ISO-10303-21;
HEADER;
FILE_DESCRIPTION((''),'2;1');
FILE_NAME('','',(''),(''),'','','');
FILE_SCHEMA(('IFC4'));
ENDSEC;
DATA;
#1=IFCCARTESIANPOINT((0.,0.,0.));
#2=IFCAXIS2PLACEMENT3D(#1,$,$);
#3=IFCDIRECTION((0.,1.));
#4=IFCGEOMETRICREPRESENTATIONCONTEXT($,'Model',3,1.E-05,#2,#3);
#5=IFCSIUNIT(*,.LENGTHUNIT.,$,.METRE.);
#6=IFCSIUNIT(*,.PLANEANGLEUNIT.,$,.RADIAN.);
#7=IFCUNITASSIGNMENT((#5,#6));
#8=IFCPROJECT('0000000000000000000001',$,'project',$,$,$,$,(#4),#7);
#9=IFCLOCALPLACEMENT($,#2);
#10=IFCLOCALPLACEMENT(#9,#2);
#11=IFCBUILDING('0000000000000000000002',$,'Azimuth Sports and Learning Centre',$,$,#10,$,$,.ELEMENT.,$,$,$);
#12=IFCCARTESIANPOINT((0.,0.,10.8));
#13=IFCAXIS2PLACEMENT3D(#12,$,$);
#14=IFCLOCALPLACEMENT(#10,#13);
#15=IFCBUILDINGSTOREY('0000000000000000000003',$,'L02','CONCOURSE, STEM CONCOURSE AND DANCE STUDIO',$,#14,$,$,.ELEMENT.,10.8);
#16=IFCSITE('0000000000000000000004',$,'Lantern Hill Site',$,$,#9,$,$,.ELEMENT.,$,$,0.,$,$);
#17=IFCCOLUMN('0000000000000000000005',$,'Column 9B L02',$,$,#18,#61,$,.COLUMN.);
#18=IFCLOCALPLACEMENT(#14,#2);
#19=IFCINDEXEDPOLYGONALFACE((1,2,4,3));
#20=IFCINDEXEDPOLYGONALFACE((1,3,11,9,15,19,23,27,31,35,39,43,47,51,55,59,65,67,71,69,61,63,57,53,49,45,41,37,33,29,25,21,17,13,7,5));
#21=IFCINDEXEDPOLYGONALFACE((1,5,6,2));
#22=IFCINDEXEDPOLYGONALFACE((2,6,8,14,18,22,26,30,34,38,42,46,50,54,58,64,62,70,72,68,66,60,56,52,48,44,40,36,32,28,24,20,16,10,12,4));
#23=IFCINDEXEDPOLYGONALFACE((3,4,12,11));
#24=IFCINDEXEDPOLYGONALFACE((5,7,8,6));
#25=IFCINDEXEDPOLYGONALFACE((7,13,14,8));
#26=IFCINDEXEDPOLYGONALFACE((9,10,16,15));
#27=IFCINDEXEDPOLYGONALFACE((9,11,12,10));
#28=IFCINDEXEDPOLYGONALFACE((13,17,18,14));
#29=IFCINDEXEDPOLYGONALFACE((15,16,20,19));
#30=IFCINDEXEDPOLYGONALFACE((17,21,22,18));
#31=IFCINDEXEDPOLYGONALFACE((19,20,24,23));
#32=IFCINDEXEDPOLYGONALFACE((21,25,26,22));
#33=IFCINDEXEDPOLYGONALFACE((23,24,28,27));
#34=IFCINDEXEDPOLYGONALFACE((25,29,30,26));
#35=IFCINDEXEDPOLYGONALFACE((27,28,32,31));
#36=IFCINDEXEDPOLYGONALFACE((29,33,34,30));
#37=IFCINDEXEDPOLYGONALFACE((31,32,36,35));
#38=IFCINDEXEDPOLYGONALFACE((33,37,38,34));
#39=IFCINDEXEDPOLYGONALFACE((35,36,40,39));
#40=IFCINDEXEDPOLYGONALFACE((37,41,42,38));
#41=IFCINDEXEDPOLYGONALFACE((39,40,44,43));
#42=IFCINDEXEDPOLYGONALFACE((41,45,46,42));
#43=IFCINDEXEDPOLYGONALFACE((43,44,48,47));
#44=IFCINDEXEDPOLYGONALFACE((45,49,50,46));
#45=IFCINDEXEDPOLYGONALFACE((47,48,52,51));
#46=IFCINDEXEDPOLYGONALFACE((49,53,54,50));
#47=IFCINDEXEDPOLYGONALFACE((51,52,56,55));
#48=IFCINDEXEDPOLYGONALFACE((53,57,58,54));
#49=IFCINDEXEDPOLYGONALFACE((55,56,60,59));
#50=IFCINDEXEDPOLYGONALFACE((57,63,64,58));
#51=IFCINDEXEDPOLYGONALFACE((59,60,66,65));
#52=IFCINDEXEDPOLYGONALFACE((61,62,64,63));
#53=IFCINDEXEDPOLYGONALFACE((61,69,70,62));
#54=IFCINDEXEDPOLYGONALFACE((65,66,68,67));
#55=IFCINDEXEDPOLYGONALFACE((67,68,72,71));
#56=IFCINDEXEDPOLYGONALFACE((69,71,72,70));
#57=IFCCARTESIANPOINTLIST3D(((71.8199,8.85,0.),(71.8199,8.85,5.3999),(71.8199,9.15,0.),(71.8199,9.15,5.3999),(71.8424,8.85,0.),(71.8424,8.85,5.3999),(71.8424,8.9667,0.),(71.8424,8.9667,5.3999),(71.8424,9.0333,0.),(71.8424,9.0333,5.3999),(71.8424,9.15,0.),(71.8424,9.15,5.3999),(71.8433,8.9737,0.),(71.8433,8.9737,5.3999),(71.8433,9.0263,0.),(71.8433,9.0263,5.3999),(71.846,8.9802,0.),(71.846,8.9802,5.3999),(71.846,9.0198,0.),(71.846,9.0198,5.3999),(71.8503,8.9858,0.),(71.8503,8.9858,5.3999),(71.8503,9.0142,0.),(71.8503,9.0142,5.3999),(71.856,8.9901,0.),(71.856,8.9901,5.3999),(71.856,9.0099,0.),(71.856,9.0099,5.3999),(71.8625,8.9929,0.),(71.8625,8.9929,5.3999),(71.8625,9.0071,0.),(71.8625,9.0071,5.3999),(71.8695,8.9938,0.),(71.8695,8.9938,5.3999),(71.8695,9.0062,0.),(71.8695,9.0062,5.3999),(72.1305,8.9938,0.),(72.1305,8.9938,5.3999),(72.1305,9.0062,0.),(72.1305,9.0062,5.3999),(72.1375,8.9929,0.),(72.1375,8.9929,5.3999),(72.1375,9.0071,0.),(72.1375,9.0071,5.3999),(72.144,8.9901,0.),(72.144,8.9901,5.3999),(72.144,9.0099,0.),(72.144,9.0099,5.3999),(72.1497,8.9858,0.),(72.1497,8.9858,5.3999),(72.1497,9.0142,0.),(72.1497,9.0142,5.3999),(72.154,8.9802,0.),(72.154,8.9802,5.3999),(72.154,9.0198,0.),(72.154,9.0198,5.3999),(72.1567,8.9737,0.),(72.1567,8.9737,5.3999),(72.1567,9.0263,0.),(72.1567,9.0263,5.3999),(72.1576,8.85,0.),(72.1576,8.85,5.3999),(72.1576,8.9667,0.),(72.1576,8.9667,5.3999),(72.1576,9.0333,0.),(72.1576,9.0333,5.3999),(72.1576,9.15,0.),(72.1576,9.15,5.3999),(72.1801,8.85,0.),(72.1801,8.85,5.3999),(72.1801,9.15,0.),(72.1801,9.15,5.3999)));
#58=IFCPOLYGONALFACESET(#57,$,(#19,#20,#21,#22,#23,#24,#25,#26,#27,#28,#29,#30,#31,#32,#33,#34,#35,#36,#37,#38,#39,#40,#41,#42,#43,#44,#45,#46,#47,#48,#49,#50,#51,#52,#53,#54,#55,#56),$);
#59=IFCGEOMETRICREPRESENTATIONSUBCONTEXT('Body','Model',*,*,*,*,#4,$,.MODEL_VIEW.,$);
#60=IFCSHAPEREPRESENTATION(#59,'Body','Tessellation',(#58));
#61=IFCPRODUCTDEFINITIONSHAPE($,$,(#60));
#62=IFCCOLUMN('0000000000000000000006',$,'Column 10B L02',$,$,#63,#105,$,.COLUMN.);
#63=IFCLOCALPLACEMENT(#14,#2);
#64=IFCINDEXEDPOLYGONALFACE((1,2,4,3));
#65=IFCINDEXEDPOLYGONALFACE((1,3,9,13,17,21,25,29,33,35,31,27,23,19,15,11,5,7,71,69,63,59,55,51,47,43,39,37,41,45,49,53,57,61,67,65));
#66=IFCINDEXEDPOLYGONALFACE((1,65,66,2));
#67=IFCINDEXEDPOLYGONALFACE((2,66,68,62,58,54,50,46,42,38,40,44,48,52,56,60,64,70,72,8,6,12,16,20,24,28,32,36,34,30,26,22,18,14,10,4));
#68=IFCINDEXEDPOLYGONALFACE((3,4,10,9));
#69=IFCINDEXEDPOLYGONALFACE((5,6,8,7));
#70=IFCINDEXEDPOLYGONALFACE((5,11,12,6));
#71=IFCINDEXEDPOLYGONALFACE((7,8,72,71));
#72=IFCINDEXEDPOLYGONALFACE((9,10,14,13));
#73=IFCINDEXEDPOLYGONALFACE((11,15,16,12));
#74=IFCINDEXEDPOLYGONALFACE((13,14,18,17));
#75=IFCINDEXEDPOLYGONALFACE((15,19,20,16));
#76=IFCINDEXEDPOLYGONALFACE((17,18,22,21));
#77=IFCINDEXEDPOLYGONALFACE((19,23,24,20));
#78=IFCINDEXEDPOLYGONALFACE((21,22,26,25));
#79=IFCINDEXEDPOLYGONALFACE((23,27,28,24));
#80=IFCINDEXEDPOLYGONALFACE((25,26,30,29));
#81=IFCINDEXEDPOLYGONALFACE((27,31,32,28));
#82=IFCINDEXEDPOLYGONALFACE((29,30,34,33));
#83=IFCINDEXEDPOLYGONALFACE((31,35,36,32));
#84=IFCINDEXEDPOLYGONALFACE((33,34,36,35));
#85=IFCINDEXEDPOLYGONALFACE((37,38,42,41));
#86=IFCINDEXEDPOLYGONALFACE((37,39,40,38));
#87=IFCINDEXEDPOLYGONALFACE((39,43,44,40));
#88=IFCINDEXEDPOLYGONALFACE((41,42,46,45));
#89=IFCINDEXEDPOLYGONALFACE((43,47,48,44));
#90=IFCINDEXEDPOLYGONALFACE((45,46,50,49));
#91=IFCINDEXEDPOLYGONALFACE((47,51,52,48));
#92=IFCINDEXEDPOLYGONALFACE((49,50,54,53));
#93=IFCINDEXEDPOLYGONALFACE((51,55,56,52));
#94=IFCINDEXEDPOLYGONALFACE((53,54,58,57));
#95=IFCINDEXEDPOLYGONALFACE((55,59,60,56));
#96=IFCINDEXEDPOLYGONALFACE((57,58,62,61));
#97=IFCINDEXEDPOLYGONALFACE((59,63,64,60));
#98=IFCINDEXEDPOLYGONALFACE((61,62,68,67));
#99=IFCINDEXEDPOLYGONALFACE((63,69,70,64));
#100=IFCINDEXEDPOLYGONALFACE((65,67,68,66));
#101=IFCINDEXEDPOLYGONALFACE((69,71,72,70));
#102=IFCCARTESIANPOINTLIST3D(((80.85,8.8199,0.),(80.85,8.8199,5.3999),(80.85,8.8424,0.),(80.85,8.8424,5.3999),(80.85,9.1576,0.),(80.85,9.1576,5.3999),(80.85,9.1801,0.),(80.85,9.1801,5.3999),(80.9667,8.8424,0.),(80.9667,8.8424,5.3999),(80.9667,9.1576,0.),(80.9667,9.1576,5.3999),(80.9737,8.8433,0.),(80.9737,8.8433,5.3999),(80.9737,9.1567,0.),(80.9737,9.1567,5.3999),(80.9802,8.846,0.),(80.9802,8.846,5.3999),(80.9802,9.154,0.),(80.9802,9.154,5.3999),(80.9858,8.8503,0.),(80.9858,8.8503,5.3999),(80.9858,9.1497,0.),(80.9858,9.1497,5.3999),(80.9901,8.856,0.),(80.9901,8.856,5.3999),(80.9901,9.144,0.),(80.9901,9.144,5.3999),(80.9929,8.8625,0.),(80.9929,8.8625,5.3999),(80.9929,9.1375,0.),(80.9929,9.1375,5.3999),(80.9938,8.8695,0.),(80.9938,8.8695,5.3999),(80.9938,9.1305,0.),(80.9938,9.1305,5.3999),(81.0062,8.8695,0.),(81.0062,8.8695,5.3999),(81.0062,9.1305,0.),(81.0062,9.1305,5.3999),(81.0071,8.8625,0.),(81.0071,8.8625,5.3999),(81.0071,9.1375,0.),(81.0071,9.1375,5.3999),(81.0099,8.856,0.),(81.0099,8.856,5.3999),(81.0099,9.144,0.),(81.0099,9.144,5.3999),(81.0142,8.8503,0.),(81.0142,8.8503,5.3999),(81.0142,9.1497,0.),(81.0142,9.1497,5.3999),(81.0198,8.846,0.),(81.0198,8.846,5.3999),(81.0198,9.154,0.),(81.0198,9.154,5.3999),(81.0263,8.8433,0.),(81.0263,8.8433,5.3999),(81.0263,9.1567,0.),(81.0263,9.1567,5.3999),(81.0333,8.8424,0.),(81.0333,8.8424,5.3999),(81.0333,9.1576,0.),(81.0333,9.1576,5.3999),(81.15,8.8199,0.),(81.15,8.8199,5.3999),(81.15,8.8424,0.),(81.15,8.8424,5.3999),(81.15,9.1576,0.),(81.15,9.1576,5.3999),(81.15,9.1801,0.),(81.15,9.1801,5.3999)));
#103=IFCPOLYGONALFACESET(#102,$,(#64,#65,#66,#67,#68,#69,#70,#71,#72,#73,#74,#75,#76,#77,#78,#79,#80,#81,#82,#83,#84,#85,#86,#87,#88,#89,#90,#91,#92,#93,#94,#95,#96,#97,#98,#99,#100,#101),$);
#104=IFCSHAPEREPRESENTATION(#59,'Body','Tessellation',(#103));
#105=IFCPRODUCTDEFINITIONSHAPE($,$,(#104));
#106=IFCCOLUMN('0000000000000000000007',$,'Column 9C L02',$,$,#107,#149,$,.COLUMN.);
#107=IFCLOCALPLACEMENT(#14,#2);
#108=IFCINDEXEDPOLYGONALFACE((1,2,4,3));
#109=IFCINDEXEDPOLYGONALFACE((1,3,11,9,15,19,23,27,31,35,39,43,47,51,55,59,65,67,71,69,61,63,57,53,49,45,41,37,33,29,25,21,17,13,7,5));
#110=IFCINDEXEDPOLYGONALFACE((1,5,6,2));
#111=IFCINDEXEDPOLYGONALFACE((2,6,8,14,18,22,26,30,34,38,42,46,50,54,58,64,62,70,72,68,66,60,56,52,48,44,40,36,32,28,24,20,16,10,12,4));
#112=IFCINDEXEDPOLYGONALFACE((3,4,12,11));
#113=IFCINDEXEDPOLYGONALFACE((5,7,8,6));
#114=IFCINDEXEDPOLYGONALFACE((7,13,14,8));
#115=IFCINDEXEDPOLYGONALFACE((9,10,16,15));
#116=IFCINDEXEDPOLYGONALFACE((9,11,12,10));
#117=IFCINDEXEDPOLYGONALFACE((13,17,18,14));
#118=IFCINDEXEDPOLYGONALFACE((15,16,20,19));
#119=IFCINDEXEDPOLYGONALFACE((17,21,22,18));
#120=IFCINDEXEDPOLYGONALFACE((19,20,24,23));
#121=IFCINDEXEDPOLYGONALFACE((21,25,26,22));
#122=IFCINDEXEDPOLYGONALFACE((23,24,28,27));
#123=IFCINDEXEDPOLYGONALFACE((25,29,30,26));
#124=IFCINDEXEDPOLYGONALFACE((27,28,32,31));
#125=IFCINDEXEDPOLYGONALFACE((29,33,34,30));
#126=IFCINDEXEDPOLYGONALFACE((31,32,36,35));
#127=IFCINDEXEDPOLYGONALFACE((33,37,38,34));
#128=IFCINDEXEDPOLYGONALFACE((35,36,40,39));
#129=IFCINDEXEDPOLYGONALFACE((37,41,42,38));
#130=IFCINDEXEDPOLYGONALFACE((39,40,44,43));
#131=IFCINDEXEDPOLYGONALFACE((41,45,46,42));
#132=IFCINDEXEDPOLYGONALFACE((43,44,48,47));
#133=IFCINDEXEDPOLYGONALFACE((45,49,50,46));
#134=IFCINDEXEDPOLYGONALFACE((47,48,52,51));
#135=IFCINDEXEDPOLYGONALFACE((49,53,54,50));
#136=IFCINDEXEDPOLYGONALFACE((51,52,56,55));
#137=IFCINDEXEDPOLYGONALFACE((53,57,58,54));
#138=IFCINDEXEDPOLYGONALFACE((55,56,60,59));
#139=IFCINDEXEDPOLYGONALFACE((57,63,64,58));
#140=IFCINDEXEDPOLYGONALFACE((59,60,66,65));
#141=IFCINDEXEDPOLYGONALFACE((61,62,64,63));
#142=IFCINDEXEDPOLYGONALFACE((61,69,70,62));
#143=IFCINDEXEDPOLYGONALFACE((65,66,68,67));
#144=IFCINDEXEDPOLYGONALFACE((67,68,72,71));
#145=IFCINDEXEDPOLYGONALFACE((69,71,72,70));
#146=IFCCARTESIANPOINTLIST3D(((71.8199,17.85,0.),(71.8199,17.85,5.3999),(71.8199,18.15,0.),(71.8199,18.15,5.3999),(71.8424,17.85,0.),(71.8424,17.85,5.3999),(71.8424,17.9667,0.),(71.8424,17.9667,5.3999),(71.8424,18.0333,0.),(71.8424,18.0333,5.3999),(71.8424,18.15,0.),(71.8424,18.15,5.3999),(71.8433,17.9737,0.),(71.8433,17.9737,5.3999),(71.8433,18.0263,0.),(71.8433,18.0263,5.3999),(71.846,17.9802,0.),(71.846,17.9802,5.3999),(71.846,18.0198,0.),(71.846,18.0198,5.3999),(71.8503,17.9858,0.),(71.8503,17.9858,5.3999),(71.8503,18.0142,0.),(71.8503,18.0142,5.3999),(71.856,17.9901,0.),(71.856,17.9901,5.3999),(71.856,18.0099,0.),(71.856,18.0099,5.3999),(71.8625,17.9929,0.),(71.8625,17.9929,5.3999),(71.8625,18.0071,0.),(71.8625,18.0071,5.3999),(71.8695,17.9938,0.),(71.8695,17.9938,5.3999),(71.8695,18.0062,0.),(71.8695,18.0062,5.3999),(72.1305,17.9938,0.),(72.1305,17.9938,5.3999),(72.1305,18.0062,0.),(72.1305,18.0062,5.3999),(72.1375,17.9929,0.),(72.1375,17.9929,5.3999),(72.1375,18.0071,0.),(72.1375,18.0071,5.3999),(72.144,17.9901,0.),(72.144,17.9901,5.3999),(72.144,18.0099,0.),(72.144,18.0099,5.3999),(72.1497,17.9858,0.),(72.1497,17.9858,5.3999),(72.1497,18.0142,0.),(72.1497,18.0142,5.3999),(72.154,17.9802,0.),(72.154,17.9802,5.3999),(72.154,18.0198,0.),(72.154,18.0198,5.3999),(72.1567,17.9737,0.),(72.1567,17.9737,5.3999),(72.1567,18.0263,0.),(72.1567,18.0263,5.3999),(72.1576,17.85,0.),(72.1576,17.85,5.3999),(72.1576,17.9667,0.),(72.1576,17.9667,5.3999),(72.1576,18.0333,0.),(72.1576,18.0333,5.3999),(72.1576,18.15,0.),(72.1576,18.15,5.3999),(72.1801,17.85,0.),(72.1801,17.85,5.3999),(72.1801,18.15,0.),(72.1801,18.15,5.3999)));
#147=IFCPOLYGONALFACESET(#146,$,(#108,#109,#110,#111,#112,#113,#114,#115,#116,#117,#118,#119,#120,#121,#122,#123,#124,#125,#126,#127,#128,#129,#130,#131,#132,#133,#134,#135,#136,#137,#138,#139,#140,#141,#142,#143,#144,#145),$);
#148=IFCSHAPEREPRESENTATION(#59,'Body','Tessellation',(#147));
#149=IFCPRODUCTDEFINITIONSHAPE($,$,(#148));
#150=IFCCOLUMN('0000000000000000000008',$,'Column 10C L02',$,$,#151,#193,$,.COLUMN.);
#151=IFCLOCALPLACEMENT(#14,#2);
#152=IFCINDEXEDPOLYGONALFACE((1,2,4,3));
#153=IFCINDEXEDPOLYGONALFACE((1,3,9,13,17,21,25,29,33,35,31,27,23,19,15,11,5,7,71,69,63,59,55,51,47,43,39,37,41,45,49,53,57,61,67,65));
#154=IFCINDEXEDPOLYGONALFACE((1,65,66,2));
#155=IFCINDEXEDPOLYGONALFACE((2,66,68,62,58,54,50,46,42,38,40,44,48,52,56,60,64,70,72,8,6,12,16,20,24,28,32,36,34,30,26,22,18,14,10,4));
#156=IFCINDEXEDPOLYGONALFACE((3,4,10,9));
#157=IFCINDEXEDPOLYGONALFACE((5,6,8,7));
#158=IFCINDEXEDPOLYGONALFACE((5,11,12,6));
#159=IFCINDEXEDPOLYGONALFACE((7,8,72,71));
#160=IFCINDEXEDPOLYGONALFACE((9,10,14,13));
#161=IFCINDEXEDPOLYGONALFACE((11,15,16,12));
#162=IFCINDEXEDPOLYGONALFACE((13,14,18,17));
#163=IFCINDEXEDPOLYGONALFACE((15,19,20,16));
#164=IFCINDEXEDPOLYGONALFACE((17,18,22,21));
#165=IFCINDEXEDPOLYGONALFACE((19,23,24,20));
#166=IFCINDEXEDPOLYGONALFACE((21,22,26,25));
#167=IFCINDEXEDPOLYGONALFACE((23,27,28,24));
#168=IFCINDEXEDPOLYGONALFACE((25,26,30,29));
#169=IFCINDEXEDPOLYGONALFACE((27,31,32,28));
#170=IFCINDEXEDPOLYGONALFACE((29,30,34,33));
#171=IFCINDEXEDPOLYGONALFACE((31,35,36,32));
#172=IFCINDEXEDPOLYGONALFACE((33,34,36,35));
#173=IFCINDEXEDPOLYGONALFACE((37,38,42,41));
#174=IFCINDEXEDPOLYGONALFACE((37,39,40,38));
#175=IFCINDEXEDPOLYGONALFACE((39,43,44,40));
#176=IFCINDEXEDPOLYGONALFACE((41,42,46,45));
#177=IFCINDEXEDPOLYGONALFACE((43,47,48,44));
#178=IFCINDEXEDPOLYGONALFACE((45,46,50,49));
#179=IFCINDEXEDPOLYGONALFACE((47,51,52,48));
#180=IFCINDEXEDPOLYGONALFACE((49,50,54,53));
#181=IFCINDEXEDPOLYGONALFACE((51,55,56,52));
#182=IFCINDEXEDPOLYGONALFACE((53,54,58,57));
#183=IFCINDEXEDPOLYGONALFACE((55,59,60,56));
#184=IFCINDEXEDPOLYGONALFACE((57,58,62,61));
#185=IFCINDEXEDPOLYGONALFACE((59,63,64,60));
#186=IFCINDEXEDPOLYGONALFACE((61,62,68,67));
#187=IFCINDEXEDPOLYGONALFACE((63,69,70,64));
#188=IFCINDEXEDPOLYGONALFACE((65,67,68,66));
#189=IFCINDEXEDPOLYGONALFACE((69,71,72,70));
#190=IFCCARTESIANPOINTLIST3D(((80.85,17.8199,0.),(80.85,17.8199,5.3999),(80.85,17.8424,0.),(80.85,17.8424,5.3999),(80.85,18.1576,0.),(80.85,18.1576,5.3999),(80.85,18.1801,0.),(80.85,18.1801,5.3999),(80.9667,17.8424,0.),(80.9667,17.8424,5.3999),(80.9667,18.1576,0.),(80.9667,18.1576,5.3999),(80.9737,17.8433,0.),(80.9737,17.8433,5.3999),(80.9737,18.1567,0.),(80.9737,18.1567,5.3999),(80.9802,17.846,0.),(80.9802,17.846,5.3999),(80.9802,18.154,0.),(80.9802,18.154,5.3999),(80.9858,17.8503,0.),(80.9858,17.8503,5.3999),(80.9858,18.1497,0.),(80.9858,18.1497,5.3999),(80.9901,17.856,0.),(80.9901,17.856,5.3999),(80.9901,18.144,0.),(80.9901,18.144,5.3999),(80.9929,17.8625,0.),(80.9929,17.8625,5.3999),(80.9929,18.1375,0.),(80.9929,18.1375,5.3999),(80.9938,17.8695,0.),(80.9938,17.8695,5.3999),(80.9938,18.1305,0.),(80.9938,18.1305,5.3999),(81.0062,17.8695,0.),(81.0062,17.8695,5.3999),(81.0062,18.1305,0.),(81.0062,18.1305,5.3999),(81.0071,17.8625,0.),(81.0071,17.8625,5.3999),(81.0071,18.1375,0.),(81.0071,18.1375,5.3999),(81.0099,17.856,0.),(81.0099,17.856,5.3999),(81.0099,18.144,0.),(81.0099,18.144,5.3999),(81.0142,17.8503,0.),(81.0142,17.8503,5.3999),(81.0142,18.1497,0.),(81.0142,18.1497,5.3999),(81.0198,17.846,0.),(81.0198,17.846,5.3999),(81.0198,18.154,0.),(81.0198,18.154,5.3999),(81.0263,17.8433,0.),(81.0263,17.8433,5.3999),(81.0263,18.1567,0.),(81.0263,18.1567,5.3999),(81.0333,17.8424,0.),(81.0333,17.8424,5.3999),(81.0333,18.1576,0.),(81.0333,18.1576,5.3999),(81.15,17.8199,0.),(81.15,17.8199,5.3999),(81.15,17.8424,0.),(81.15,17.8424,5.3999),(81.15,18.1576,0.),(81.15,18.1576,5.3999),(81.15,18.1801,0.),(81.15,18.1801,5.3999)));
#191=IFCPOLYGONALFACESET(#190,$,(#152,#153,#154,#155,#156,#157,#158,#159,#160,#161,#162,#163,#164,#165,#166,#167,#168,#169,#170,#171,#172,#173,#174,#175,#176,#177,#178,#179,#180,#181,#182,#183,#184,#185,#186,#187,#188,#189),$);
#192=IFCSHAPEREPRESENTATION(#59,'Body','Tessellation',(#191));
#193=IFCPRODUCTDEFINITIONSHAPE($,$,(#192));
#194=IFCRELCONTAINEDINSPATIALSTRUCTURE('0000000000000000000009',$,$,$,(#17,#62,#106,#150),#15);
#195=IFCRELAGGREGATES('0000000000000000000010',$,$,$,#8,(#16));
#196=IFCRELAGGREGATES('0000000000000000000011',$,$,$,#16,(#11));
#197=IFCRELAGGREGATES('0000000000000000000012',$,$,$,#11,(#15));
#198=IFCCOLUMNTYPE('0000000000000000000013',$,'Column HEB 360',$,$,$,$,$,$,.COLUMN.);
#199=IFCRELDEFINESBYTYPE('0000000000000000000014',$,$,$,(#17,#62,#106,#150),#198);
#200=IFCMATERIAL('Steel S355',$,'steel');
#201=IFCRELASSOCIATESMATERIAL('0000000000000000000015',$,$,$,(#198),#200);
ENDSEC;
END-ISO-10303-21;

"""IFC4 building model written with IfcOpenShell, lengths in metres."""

from ifc_helpers import new_model, si_unit, direction, frame, origin, origin_2d, place, context, subcontext, project, spatial, i_section, extrude, material, material_profile, profile_set, type_object, element, save


model = new_model("IFC4")

# Units and contexts
model_context = context("Model", 3, precision=1e-05, world=origin(), true_north=direction((0.0, 1.0)))
body_context = subcontext(model_context, "Body", "Model", "MODEL_VIEW")
ifc_project = project(units=[si_unit("LENGTHUNIT", "METRE"), si_unit("PLANEANGLEUNIT", "RADIAN")], contexts=[model_context])

# Site, building, storey
site_placement = place(None, origin())
site = spatial("IfcSite", under=ifc_project, at=site_placement, Name="Lantern Hill Site", CompositionType="ELEMENT", RefElevation=0.0)
building_placement = place(site_placement, origin())
building = spatial("IfcBuilding", under=site, at=building_placement, Name="Azimuth Sports and Learning Centre", CompositionType="ELEMENT")
storey_placement = place(building_placement, frame((0.0, 0.0, 10.8)))
storey = spatial("IfcBuildingStorey", under=building, at=storey_placement, Name="L02", Description="CONCOURSE, STEM CONCOURSE AND DANCE STUDIO", CompositionType="ELEMENT", Elevation=10.8)

# Columns
ifc_material_1 = material(Name="Steel S355", Category="steel")
ifc_material_profile_1 = material_profile(ifc_material_1, i_section(OverallWidth=0.3, OverallDepth=0.3601, WebThickness=0.0125, FlangeThickness=0.0225, FilletRadius=0.0271, at=origin_2d()), Name="HEB 360")
ifc_profile_set_1 = profile_set([ifc_material_profile_1], Name="Steel S355")
column_type = type_object("IfcColumnType", Name="Column HEB 360", PredefinedType="COLUMN", material=ifc_profile_set_1)
for number, where, z_axis, x_axis, name in (
    (1, (72.0, 9.0, 0.0), (0.0, 0.0, 1.0), (0.0, 1.0, 0.0), "Column 9B L02"),
    (2, (81.0, 9.0, 0.0), (0.0, 0.0, 1.0), (1.0, 0.0, 0.0), "Column 10B L02"),
    (3, (72.0, 18.0, 0.0), (0.0, 0.0, 1.0), (0.0, 1.0, 0.0), "Column 9C L02"),
    (4, (81.0, 18.0, 0.0), (0.0, 0.0, 1.0), (1.0, 0.0, 0.0), "Column 10C L02"),
):
    element("IfcColumn", number, at=place(storey_placement, frame(where, z_axis=z_axis, x_axis=x_axis)), inside=storey, type_object=column_type, Name=name, PredefinedType="COLUMN", context=body_context, shape_type="SweptSolid", body=[
        extrude(i_section(OverallWidth=0.3, OverallDepth=0.3601, WebThickness=0.0125, FlangeThickness=0.0225, FilletRadius=0.0271, at=origin_2d()), origin(), (0.0, 0.0, 1.0), 5.3999),
    ])

save(model, "model.ifc")
